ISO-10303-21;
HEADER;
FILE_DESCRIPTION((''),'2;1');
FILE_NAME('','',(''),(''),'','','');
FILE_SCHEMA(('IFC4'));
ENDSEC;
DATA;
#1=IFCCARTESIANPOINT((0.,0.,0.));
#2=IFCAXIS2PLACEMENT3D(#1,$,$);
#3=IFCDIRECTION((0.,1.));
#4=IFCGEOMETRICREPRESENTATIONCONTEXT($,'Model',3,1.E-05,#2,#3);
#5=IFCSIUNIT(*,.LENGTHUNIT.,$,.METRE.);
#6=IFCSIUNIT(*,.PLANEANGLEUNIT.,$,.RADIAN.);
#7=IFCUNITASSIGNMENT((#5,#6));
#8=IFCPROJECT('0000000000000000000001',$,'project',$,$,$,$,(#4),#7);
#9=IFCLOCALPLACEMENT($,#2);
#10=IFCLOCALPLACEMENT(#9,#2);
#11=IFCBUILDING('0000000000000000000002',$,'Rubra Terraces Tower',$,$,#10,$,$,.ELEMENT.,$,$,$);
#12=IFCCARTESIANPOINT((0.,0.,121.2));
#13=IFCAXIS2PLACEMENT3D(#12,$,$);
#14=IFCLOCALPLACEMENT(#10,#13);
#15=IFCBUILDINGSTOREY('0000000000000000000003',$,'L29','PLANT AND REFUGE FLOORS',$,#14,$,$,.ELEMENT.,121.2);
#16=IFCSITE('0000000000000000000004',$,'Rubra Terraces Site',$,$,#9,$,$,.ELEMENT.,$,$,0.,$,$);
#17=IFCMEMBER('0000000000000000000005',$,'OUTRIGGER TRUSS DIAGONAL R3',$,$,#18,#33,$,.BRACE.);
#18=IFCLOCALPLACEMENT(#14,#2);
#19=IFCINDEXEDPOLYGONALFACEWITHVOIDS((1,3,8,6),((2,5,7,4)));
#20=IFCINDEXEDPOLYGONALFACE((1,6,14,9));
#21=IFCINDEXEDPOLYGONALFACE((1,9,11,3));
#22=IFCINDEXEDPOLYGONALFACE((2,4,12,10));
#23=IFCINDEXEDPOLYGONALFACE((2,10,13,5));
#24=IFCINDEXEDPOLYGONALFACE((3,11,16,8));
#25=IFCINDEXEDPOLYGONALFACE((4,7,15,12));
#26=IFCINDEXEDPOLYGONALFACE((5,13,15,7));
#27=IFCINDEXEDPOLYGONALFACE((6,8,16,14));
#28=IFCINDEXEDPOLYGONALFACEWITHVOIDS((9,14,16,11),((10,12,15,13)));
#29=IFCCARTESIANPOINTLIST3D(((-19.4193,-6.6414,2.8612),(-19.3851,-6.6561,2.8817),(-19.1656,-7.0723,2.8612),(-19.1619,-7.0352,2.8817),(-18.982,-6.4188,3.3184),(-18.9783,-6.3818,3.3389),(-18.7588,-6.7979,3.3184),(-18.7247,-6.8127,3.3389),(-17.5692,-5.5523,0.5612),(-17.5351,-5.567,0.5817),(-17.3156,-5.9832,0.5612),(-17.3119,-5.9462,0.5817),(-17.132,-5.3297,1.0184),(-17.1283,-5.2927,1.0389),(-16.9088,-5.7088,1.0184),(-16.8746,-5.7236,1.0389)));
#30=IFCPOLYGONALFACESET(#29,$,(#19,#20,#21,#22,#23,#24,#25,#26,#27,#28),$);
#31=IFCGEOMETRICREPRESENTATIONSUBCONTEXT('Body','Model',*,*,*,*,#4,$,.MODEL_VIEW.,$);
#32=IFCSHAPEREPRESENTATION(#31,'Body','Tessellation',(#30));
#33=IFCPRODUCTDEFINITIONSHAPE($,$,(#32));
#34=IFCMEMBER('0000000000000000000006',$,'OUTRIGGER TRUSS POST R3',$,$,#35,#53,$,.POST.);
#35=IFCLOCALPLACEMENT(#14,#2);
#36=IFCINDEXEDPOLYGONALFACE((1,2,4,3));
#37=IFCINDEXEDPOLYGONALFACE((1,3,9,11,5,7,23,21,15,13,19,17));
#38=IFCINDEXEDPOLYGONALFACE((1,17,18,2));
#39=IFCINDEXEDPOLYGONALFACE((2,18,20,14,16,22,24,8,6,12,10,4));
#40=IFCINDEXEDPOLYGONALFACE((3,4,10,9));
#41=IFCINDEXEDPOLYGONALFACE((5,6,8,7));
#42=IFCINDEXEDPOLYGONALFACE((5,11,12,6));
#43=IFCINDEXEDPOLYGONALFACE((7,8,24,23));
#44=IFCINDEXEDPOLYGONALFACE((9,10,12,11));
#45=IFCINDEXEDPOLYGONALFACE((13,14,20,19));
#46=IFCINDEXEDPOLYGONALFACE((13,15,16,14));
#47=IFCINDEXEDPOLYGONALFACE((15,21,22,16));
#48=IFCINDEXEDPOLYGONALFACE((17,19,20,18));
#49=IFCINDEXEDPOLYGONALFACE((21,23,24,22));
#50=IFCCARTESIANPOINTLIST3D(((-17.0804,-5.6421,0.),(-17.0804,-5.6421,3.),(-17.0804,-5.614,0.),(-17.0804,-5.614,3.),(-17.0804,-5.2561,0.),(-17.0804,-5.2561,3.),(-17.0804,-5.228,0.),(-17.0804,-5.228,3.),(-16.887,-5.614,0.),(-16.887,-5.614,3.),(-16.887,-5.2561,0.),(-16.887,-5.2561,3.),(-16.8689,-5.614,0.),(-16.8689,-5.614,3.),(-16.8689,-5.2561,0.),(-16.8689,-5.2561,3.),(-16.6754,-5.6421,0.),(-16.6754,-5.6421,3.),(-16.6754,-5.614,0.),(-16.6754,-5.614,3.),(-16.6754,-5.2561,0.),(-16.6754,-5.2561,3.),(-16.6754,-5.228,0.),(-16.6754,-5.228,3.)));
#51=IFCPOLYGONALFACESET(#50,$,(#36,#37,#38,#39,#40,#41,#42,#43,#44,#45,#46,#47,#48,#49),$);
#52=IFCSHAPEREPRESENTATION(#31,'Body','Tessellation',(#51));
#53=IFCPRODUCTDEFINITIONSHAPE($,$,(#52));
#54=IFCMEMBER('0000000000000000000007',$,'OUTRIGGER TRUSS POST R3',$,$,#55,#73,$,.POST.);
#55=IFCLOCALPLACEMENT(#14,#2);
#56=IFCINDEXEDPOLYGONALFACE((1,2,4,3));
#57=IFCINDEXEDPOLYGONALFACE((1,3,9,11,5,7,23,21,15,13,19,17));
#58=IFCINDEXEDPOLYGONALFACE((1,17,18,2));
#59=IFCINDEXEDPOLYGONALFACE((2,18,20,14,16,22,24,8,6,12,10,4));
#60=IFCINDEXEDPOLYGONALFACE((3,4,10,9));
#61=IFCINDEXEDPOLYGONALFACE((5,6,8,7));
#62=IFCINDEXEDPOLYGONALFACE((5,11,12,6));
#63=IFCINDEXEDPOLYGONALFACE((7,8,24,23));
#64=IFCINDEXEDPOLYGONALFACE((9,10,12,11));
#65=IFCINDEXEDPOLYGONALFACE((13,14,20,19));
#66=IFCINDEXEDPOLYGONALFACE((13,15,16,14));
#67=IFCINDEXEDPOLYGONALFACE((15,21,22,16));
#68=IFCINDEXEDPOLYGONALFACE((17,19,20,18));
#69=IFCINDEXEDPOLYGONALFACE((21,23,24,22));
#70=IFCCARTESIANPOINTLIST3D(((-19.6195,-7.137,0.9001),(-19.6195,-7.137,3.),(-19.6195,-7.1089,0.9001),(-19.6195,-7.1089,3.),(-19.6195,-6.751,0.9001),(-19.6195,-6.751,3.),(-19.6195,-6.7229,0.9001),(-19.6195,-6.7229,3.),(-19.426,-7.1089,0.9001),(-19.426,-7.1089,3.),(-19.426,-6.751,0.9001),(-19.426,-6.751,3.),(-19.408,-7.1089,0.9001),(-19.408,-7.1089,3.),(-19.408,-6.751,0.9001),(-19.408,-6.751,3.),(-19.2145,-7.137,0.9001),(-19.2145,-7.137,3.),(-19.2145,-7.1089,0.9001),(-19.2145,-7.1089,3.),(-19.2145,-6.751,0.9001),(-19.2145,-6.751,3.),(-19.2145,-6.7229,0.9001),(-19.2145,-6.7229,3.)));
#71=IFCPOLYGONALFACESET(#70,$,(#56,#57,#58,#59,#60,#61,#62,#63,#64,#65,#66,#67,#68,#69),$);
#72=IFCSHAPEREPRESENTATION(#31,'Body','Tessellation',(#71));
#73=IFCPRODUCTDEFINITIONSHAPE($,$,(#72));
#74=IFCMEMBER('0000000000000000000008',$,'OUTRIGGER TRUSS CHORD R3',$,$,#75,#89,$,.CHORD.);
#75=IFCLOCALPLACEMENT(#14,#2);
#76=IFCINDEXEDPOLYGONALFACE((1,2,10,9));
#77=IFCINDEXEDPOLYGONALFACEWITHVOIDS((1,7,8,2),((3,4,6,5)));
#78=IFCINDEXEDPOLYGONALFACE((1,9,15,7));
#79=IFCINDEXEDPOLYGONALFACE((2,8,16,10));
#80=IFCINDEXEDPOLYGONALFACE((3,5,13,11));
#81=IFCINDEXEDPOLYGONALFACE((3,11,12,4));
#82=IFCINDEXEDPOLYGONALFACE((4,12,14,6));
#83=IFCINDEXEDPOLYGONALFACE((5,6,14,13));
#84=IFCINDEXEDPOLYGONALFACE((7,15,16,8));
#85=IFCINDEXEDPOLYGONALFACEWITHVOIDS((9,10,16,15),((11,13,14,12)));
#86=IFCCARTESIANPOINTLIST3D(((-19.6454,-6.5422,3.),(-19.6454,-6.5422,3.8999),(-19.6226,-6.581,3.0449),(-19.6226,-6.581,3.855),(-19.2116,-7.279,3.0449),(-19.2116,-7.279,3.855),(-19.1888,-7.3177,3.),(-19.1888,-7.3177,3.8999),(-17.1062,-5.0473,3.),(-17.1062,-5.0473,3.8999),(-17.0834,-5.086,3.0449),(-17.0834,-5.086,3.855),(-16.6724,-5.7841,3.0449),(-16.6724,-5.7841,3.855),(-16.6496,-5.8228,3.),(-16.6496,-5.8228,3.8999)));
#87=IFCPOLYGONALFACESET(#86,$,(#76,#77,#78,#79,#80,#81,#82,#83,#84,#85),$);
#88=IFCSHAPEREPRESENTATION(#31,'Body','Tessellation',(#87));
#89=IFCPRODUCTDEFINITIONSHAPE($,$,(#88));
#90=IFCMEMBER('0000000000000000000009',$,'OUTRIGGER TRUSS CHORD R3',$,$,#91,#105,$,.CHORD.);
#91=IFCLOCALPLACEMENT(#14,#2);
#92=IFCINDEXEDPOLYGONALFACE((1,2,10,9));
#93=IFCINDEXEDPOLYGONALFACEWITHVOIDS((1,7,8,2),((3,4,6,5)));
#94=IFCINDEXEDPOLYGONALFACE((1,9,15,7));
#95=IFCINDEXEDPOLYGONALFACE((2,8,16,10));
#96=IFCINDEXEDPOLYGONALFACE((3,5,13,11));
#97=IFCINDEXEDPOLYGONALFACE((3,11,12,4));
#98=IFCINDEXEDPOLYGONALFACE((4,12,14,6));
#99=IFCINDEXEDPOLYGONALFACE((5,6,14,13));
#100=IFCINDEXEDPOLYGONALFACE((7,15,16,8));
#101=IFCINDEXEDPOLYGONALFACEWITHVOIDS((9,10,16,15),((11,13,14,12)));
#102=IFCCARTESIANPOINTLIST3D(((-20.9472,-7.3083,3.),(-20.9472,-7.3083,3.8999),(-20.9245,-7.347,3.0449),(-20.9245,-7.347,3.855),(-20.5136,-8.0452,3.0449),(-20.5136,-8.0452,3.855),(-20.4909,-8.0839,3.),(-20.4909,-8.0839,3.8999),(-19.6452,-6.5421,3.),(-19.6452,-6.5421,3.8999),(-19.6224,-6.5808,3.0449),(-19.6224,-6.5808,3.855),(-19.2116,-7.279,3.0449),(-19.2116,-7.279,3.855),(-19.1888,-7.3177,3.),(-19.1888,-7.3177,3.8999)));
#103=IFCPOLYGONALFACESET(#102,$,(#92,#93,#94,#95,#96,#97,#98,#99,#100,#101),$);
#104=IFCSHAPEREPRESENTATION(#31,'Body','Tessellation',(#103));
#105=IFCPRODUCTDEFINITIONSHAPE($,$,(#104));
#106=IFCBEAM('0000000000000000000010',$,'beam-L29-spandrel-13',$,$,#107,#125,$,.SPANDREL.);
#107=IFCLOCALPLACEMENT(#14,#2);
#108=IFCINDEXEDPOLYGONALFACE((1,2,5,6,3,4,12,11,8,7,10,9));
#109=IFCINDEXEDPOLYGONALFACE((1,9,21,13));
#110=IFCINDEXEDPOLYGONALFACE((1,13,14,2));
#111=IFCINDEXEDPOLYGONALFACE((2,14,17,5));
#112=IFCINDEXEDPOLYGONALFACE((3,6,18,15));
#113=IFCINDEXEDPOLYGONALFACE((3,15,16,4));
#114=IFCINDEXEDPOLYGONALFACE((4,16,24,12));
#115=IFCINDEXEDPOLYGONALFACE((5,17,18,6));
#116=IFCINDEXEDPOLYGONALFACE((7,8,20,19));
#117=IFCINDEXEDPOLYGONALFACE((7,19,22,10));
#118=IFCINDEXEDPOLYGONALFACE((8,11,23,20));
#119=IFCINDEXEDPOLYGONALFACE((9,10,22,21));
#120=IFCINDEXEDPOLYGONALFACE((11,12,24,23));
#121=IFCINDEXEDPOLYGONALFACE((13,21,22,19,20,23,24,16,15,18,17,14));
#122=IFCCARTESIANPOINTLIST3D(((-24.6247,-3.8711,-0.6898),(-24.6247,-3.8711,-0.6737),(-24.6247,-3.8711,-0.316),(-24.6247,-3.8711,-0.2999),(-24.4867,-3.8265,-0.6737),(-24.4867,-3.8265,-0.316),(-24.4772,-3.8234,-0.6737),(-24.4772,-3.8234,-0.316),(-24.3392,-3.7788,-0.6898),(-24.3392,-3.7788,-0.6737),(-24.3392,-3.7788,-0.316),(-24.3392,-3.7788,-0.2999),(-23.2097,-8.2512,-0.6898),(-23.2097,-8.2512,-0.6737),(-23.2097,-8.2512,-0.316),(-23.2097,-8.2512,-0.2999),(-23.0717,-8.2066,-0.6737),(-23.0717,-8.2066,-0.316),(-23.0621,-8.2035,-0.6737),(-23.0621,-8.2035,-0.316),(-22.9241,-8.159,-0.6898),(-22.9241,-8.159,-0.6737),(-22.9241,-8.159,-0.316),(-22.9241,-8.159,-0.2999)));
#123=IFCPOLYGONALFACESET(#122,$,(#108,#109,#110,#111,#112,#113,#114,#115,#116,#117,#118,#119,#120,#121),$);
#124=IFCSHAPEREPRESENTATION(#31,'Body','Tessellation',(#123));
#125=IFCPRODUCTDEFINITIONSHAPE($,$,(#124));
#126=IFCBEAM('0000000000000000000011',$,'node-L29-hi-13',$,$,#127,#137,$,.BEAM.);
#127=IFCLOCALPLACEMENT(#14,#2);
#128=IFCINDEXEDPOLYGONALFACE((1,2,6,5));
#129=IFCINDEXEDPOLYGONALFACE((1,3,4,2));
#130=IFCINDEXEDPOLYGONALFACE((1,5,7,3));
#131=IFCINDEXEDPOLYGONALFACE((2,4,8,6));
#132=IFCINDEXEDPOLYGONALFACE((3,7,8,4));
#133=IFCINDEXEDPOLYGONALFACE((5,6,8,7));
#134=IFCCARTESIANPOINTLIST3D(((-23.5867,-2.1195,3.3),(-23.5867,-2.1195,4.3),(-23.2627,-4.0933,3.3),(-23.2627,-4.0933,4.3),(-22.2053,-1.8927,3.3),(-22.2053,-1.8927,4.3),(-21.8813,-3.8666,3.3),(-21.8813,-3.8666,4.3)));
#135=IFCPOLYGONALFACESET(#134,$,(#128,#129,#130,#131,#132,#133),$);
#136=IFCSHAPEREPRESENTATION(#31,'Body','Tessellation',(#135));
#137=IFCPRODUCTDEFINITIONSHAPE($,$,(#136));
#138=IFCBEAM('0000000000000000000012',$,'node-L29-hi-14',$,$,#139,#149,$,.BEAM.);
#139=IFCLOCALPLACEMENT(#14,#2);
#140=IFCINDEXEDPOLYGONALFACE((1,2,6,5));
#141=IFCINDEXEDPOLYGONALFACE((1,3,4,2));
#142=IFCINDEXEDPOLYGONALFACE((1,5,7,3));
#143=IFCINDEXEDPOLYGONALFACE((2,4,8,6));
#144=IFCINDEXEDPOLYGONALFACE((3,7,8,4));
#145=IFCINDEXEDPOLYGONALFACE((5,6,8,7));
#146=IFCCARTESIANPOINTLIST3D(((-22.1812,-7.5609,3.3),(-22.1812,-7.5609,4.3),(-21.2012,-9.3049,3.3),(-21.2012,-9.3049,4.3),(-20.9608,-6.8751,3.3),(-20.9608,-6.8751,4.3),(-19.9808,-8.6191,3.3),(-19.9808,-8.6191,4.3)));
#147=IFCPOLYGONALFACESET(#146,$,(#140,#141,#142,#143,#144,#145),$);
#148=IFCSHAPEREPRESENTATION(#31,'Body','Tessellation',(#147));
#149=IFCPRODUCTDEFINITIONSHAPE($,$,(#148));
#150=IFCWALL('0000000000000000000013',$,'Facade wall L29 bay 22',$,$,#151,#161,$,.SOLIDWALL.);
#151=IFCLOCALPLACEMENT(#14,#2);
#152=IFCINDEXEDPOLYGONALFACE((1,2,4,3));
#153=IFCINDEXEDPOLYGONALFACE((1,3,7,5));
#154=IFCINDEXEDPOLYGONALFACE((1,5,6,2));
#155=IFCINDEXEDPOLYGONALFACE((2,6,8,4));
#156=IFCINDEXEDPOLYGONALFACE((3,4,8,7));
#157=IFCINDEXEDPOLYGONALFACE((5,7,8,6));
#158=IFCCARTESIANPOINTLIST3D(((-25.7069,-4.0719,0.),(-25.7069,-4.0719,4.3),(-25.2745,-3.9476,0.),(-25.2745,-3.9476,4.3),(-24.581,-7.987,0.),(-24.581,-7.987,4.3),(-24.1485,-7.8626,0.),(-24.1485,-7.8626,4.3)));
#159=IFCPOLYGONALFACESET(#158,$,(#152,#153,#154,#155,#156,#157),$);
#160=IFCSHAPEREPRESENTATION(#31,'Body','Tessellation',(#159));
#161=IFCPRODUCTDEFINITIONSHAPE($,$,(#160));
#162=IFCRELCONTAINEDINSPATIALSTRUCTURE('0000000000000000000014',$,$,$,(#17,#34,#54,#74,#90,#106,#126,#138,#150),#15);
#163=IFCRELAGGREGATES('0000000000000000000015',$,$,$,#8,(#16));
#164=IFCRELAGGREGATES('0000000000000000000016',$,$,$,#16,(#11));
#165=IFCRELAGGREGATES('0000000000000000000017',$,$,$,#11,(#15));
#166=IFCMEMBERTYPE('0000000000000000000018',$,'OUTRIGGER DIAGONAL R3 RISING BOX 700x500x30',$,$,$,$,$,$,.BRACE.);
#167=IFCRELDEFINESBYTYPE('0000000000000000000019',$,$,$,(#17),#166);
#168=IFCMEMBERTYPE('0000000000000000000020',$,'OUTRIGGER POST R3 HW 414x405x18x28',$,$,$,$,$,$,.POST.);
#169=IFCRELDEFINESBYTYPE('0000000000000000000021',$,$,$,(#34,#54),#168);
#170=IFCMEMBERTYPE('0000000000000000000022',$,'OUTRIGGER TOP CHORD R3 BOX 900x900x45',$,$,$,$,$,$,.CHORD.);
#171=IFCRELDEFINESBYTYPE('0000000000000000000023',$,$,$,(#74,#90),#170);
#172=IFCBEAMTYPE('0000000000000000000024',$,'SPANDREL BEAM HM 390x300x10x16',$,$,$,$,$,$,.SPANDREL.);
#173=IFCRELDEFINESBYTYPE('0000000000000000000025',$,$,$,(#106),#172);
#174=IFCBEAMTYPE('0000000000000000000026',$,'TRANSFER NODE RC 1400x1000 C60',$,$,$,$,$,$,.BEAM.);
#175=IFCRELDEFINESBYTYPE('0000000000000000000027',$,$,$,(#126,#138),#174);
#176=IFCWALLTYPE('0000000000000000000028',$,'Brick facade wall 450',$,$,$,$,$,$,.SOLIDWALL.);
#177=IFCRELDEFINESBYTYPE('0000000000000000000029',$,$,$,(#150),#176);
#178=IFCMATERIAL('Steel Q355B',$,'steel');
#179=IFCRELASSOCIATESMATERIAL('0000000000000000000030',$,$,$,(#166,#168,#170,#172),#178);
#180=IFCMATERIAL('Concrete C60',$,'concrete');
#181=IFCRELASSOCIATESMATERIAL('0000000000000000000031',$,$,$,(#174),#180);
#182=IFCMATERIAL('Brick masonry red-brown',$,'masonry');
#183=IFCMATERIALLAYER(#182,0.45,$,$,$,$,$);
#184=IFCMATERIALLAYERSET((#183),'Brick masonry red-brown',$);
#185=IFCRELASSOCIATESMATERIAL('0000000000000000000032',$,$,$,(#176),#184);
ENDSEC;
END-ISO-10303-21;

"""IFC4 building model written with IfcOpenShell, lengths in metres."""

from ifc_helpers import new_model, si_unit, direction, frame, frame_2d, origin, origin_2d, place, context, subcontext, project, spatial, rectangle, hollow_rectangle, i_section, extrude, material, layer, layer_set, material_profile, profile_set, type_object, element, save


model = new_model("IFC4")

# Units and contexts
model_context = context("Model", 3, precision=1e-05, world=origin(), true_north=direction((0.0, 1.0)))
body_context = subcontext(model_context, "Body", "Model", "MODEL_VIEW")
ifc_project = project(units=[si_unit("LENGTHUNIT", "METRE"), si_unit("PLANEANGLEUNIT", "RADIAN")], contexts=[model_context])

# Site, building, storey
site_placement = place(None, origin())
site = spatial("IfcSite", under=ifc_project, at=site_placement, Name="Rubra Terraces Site", CompositionType="ELEMENT", RefElevation=0.0)
building_placement = place(site_placement, origin())
building = spatial("IfcBuilding", under=site, at=building_placement, Name="Rubra Terraces Tower", CompositionType="ELEMENT")
storey_placement = place(building_placement, frame((0.0, 0.0, 121.2)))
storey = spatial("IfcBuildingStorey", under=building, at=storey_placement, Name="L29", Description="PLANT AND REFUGE FLOORS", CompositionType="ELEMENT", Elevation=121.2)

# Shared definitions
ifc_material_1 = material(Name="Concrete C60", Category="concrete")

# Shared definitions
ifc_material_2 = material(Name="Steel Q355B", Category="steel")

# Members
ifc_material_profile_1 = material_profile(ifc_material_2, hollow_rectangle(XDim=0.5, YDim=0.7, WallThickness=0.03, at=origin_2d()), Name="BOX 700x500x30")
ifc_profile_set_1 = profile_set([ifc_material_profile_1], Name="Steel Q355B")
member_type_1 = type_object("IfcMemberType", Name="OUTRIGGER DIAGONAL R3 RISING BOX 700x500x30", PredefinedType="BRACE", material=ifc_profile_set_1)
member_1_placement = place(storey_placement, frame((-17.2219, -5.6379, 0.8), z_axis=(-0.588022, -0.346155, 0.731031), x_axis=(0.507303, -0.861768, 0.0)))
element("IfcMember", 1, at=member_1_placement, inside=storey, type_object=member_type_1, Name="OUTRIGGER TRUSS DIAGONAL R3", PredefinedType="BRACE", context=body_context, shape_type="SweptSolid", body=[
    extrude(hollow_rectangle(XDim=0.5, YDim=0.7, WallThickness=0.03, at=origin_2d()), origin(), (0.0, 0.0, 1.0), 3.1462),
])
ifc_material_profile_2 = material_profile(ifc_material_2, i_section(OverallWidth=0.405, OverallDepth=0.4141, WebThickness=0.0181, FlangeThickness=0.0281, at=origin_2d()), Name="HW 414x405x18x28")
ifc_profile_set_2 = profile_set([ifc_material_profile_2], Name="Steel Q355B")
member_type_2 = type_object("IfcMemberType", Name="OUTRIGGER POST R3 HW 414x405x18x28", PredefinedType="POST", material=ifc_profile_set_2)
member_2_placement = place(storey_placement, frame((-16.8779, -5.4351, 0.0), z_axis=(0.0, 0.0, 1.0), x_axis=(1.0, 0.0, 0.0)))
element("IfcMember", 2, at=member_2_placement, inside=storey, type_object=member_type_2, Name="OUTRIGGER TRUSS POST R3", PredefinedType="POST", context=body_context, shape_type="SweptSolid", body=[
    extrude(i_section(OverallWidth=0.405, OverallDepth=0.4141, WebThickness=0.0181, FlangeThickness=0.0281, at=origin_2d()), origin(), (0.0, 0.0, 1.0), 3.0),
])
member_3_placement = place(storey_placement, frame((-19.417, -6.9299, 0.9001), z_axis=(0.0, 0.0, 1.0), x_axis=(1.0, 0.0, 0.0)))
element("IfcMember", 3, at=member_3_placement, inside=storey, type_object=member_type_2, Name="OUTRIGGER TRUSS POST R3", PredefinedType="POST", context=body_context, shape_type="SweptSolid", body=[
    extrude(i_section(OverallWidth=0.405, OverallDepth=0.4141, WebThickness=0.0181, FlangeThickness=0.0281, at=origin_2d()), origin(), (0.0, 0.0, 1.0), 2.0999),
])
ifc_material_profile_3 = material_profile(ifc_material_2, hollow_rectangle(XDim=0.8999, YDim=0.8999, WallThickness=0.0449, at=origin_2d()), Name="BOX 900x900x45")
ifc_profile_set_3 = profile_set([ifc_material_profile_3], Name="Steel Q355B")
member_type_3 = type_object("IfcMemberType", Name="OUTRIGGER TOP CHORD R3 BOX 900x900x45", PredefinedType="CHORD", material=ifc_profile_set_3)
member_4_placement = place(storey_placement, frame((-16.8779, -5.4351, 3.45), z_axis=(-0.86174, -0.50735, 0.0), x_axis=(0.50735, -0.86174, 0.0)))
element("IfcMember", 4, at=member_4_placement, inside=storey, type_object=member_type_3, Name="OUTRIGGER TRUSS CHORD R3", PredefinedType="CHORD", context=body_context, shape_type="SweptSolid", body=[
    extrude(hollow_rectangle(XDim=0.8999, YDim=0.8999, WallThickness=0.0449, at=origin_2d()), origin(), (0.0, 0.0, 1.0), 2.9465),
])
member_5_placement = place(storey_placement, frame((-19.417, -6.9299, 3.45), z_axis=(-0.861868, -0.507133, 0.0), x_axis=(0.507133, -0.861868, 0.0)))
element("IfcMember", 5, at=member_5_placement, inside=storey, type_object=member_type_3, Name="OUTRIGGER TRUSS CHORD R3", PredefinedType="CHORD", context=body_context, shape_type="SweptSolid", body=[
    extrude(hollow_rectangle(XDim=0.8999, YDim=0.8999, WallThickness=0.0449, at=origin_2d()), origin(), (0.0, 0.0, 1.0), 1.5107),
])

# Beams
ifc_material_profile_4 = material_profile(ifc_material_2, i_section(OverallWidth=0.3, OverallDepth=0.3899, WebThickness=0.01, FlangeThickness=0.0161, at=origin_2d()), Name="HM 390x300x10x16")
ifc_profile_set_4 = profile_set([ifc_material_profile_4], Name="Steel Q355B")
beam_type_1 = type_object("IfcBeamType", Name="SPANDREL BEAM HM 390x300x10x16", PredefinedType="SPANDREL", material=ifc_profile_set_4)
beam_1_placement = place(storey_placement, frame((-24.4819, -3.825, -0.4949), z_axis=(0.307415, -0.951576, 0.0), x_axis=(0.951576, 0.307415, 0.0)))
element("IfcBeam", 6, at=beam_1_placement, inside=storey, type_object=beam_type_1, Name="beam-L29-spandrel-13", PredefinedType="SPANDREL", context=body_context, shape_type="SweptSolid", body=[
    extrude(i_section(OverallWidth=0.3, OverallDepth=0.3899, WebThickness=0.01, FlangeThickness=0.0161, at=origin_2d()), origin(), (0.0, 0.0, 1.0), 4.603),
])
ifc_material_profile_5 = material_profile(ifc_material_1, rectangle(XDim=1.3999, YDim=1.0, at=origin_2d()), Name="RC 1400x1000")
ifc_profile_set_5 = profile_set([ifc_material_profile_5], Name="Concrete C60")
beam_type_2 = type_object("IfcBeamType", Name="TRANSFER NODE RC 1400x1000 C60", PredefinedType="BEAM", material=ifc_profile_set_5)
beam_2_placement = place(storey_placement, frame((-22.896, -2.0061, 3.8), z_axis=(0.161964, -0.986797, 0.0), x_axis=(0.986797, 0.161964, 0.0)))
element("IfcBeam", 7, at=beam_2_placement, inside=storey, type_object=beam_type_2, Name="node-L29-hi-13", PredefinedType="BEAM", context=body_context, shape_type="SweptSolid", body=[
    extrude(rectangle(XDim=1.3999, YDim=1.0, at=origin_2d()), origin(), (0.0, 0.0, 1.0), 2.0002),
])
beam_3_placement = place(storey_placement, frame((-21.571, -7.218, 3.8), z_axis=(0.489896, -0.871781, 0.0), x_axis=(0.871781, 0.489896, 0.0)))
element("IfcBeam", 8, at=beam_3_placement, inside=storey, type_object=beam_type_2, Name="node-L29-hi-14", PredefinedType="BEAM", context=body_context, shape_type="SweptSolid", body=[
    extrude(rectangle(XDim=1.3999, YDim=1.0, at=origin_2d()), origin(), (0.0, 0.0, 1.0), 2.0005),
])

# Wall
ifc_material_3 = material(Name="Brick masonry red-brown", Category="masonry")
ifc_layer_1 = layer(ifc_material_3, 0.45)
ifc_layer_set_1 = layer_set([ifc_layer_1], Name="Brick masonry red-brown")
wall_type_1 = type_object("IfcWallType", Name="Brick facade wall 450", PredefinedType="SOLIDWALL", material=ifc_layer_set_1)
wall_1_placement = place(storey_placement, frame((-25.4907, -4.0098, 0.0), z_axis=(0.0, 0.0, 1.0), x_axis=(0.276399, -0.961043, 0.0)))
element("IfcWall", 9, at=wall_1_placement, inside=storey, type_object=wall_type_1, Name="Facade wall L29 bay 22", PredefinedType="SOLIDWALL", context=body_context, shape_type="SweptSolid", body=[
    extrude(rectangle(XDim=4.0737, YDim=0.45, at=frame_2d((2.0369, 0.0))), origin(), (0.0, 0.0, 1.0), 4.3),
])

save(model, "model.ifc")
